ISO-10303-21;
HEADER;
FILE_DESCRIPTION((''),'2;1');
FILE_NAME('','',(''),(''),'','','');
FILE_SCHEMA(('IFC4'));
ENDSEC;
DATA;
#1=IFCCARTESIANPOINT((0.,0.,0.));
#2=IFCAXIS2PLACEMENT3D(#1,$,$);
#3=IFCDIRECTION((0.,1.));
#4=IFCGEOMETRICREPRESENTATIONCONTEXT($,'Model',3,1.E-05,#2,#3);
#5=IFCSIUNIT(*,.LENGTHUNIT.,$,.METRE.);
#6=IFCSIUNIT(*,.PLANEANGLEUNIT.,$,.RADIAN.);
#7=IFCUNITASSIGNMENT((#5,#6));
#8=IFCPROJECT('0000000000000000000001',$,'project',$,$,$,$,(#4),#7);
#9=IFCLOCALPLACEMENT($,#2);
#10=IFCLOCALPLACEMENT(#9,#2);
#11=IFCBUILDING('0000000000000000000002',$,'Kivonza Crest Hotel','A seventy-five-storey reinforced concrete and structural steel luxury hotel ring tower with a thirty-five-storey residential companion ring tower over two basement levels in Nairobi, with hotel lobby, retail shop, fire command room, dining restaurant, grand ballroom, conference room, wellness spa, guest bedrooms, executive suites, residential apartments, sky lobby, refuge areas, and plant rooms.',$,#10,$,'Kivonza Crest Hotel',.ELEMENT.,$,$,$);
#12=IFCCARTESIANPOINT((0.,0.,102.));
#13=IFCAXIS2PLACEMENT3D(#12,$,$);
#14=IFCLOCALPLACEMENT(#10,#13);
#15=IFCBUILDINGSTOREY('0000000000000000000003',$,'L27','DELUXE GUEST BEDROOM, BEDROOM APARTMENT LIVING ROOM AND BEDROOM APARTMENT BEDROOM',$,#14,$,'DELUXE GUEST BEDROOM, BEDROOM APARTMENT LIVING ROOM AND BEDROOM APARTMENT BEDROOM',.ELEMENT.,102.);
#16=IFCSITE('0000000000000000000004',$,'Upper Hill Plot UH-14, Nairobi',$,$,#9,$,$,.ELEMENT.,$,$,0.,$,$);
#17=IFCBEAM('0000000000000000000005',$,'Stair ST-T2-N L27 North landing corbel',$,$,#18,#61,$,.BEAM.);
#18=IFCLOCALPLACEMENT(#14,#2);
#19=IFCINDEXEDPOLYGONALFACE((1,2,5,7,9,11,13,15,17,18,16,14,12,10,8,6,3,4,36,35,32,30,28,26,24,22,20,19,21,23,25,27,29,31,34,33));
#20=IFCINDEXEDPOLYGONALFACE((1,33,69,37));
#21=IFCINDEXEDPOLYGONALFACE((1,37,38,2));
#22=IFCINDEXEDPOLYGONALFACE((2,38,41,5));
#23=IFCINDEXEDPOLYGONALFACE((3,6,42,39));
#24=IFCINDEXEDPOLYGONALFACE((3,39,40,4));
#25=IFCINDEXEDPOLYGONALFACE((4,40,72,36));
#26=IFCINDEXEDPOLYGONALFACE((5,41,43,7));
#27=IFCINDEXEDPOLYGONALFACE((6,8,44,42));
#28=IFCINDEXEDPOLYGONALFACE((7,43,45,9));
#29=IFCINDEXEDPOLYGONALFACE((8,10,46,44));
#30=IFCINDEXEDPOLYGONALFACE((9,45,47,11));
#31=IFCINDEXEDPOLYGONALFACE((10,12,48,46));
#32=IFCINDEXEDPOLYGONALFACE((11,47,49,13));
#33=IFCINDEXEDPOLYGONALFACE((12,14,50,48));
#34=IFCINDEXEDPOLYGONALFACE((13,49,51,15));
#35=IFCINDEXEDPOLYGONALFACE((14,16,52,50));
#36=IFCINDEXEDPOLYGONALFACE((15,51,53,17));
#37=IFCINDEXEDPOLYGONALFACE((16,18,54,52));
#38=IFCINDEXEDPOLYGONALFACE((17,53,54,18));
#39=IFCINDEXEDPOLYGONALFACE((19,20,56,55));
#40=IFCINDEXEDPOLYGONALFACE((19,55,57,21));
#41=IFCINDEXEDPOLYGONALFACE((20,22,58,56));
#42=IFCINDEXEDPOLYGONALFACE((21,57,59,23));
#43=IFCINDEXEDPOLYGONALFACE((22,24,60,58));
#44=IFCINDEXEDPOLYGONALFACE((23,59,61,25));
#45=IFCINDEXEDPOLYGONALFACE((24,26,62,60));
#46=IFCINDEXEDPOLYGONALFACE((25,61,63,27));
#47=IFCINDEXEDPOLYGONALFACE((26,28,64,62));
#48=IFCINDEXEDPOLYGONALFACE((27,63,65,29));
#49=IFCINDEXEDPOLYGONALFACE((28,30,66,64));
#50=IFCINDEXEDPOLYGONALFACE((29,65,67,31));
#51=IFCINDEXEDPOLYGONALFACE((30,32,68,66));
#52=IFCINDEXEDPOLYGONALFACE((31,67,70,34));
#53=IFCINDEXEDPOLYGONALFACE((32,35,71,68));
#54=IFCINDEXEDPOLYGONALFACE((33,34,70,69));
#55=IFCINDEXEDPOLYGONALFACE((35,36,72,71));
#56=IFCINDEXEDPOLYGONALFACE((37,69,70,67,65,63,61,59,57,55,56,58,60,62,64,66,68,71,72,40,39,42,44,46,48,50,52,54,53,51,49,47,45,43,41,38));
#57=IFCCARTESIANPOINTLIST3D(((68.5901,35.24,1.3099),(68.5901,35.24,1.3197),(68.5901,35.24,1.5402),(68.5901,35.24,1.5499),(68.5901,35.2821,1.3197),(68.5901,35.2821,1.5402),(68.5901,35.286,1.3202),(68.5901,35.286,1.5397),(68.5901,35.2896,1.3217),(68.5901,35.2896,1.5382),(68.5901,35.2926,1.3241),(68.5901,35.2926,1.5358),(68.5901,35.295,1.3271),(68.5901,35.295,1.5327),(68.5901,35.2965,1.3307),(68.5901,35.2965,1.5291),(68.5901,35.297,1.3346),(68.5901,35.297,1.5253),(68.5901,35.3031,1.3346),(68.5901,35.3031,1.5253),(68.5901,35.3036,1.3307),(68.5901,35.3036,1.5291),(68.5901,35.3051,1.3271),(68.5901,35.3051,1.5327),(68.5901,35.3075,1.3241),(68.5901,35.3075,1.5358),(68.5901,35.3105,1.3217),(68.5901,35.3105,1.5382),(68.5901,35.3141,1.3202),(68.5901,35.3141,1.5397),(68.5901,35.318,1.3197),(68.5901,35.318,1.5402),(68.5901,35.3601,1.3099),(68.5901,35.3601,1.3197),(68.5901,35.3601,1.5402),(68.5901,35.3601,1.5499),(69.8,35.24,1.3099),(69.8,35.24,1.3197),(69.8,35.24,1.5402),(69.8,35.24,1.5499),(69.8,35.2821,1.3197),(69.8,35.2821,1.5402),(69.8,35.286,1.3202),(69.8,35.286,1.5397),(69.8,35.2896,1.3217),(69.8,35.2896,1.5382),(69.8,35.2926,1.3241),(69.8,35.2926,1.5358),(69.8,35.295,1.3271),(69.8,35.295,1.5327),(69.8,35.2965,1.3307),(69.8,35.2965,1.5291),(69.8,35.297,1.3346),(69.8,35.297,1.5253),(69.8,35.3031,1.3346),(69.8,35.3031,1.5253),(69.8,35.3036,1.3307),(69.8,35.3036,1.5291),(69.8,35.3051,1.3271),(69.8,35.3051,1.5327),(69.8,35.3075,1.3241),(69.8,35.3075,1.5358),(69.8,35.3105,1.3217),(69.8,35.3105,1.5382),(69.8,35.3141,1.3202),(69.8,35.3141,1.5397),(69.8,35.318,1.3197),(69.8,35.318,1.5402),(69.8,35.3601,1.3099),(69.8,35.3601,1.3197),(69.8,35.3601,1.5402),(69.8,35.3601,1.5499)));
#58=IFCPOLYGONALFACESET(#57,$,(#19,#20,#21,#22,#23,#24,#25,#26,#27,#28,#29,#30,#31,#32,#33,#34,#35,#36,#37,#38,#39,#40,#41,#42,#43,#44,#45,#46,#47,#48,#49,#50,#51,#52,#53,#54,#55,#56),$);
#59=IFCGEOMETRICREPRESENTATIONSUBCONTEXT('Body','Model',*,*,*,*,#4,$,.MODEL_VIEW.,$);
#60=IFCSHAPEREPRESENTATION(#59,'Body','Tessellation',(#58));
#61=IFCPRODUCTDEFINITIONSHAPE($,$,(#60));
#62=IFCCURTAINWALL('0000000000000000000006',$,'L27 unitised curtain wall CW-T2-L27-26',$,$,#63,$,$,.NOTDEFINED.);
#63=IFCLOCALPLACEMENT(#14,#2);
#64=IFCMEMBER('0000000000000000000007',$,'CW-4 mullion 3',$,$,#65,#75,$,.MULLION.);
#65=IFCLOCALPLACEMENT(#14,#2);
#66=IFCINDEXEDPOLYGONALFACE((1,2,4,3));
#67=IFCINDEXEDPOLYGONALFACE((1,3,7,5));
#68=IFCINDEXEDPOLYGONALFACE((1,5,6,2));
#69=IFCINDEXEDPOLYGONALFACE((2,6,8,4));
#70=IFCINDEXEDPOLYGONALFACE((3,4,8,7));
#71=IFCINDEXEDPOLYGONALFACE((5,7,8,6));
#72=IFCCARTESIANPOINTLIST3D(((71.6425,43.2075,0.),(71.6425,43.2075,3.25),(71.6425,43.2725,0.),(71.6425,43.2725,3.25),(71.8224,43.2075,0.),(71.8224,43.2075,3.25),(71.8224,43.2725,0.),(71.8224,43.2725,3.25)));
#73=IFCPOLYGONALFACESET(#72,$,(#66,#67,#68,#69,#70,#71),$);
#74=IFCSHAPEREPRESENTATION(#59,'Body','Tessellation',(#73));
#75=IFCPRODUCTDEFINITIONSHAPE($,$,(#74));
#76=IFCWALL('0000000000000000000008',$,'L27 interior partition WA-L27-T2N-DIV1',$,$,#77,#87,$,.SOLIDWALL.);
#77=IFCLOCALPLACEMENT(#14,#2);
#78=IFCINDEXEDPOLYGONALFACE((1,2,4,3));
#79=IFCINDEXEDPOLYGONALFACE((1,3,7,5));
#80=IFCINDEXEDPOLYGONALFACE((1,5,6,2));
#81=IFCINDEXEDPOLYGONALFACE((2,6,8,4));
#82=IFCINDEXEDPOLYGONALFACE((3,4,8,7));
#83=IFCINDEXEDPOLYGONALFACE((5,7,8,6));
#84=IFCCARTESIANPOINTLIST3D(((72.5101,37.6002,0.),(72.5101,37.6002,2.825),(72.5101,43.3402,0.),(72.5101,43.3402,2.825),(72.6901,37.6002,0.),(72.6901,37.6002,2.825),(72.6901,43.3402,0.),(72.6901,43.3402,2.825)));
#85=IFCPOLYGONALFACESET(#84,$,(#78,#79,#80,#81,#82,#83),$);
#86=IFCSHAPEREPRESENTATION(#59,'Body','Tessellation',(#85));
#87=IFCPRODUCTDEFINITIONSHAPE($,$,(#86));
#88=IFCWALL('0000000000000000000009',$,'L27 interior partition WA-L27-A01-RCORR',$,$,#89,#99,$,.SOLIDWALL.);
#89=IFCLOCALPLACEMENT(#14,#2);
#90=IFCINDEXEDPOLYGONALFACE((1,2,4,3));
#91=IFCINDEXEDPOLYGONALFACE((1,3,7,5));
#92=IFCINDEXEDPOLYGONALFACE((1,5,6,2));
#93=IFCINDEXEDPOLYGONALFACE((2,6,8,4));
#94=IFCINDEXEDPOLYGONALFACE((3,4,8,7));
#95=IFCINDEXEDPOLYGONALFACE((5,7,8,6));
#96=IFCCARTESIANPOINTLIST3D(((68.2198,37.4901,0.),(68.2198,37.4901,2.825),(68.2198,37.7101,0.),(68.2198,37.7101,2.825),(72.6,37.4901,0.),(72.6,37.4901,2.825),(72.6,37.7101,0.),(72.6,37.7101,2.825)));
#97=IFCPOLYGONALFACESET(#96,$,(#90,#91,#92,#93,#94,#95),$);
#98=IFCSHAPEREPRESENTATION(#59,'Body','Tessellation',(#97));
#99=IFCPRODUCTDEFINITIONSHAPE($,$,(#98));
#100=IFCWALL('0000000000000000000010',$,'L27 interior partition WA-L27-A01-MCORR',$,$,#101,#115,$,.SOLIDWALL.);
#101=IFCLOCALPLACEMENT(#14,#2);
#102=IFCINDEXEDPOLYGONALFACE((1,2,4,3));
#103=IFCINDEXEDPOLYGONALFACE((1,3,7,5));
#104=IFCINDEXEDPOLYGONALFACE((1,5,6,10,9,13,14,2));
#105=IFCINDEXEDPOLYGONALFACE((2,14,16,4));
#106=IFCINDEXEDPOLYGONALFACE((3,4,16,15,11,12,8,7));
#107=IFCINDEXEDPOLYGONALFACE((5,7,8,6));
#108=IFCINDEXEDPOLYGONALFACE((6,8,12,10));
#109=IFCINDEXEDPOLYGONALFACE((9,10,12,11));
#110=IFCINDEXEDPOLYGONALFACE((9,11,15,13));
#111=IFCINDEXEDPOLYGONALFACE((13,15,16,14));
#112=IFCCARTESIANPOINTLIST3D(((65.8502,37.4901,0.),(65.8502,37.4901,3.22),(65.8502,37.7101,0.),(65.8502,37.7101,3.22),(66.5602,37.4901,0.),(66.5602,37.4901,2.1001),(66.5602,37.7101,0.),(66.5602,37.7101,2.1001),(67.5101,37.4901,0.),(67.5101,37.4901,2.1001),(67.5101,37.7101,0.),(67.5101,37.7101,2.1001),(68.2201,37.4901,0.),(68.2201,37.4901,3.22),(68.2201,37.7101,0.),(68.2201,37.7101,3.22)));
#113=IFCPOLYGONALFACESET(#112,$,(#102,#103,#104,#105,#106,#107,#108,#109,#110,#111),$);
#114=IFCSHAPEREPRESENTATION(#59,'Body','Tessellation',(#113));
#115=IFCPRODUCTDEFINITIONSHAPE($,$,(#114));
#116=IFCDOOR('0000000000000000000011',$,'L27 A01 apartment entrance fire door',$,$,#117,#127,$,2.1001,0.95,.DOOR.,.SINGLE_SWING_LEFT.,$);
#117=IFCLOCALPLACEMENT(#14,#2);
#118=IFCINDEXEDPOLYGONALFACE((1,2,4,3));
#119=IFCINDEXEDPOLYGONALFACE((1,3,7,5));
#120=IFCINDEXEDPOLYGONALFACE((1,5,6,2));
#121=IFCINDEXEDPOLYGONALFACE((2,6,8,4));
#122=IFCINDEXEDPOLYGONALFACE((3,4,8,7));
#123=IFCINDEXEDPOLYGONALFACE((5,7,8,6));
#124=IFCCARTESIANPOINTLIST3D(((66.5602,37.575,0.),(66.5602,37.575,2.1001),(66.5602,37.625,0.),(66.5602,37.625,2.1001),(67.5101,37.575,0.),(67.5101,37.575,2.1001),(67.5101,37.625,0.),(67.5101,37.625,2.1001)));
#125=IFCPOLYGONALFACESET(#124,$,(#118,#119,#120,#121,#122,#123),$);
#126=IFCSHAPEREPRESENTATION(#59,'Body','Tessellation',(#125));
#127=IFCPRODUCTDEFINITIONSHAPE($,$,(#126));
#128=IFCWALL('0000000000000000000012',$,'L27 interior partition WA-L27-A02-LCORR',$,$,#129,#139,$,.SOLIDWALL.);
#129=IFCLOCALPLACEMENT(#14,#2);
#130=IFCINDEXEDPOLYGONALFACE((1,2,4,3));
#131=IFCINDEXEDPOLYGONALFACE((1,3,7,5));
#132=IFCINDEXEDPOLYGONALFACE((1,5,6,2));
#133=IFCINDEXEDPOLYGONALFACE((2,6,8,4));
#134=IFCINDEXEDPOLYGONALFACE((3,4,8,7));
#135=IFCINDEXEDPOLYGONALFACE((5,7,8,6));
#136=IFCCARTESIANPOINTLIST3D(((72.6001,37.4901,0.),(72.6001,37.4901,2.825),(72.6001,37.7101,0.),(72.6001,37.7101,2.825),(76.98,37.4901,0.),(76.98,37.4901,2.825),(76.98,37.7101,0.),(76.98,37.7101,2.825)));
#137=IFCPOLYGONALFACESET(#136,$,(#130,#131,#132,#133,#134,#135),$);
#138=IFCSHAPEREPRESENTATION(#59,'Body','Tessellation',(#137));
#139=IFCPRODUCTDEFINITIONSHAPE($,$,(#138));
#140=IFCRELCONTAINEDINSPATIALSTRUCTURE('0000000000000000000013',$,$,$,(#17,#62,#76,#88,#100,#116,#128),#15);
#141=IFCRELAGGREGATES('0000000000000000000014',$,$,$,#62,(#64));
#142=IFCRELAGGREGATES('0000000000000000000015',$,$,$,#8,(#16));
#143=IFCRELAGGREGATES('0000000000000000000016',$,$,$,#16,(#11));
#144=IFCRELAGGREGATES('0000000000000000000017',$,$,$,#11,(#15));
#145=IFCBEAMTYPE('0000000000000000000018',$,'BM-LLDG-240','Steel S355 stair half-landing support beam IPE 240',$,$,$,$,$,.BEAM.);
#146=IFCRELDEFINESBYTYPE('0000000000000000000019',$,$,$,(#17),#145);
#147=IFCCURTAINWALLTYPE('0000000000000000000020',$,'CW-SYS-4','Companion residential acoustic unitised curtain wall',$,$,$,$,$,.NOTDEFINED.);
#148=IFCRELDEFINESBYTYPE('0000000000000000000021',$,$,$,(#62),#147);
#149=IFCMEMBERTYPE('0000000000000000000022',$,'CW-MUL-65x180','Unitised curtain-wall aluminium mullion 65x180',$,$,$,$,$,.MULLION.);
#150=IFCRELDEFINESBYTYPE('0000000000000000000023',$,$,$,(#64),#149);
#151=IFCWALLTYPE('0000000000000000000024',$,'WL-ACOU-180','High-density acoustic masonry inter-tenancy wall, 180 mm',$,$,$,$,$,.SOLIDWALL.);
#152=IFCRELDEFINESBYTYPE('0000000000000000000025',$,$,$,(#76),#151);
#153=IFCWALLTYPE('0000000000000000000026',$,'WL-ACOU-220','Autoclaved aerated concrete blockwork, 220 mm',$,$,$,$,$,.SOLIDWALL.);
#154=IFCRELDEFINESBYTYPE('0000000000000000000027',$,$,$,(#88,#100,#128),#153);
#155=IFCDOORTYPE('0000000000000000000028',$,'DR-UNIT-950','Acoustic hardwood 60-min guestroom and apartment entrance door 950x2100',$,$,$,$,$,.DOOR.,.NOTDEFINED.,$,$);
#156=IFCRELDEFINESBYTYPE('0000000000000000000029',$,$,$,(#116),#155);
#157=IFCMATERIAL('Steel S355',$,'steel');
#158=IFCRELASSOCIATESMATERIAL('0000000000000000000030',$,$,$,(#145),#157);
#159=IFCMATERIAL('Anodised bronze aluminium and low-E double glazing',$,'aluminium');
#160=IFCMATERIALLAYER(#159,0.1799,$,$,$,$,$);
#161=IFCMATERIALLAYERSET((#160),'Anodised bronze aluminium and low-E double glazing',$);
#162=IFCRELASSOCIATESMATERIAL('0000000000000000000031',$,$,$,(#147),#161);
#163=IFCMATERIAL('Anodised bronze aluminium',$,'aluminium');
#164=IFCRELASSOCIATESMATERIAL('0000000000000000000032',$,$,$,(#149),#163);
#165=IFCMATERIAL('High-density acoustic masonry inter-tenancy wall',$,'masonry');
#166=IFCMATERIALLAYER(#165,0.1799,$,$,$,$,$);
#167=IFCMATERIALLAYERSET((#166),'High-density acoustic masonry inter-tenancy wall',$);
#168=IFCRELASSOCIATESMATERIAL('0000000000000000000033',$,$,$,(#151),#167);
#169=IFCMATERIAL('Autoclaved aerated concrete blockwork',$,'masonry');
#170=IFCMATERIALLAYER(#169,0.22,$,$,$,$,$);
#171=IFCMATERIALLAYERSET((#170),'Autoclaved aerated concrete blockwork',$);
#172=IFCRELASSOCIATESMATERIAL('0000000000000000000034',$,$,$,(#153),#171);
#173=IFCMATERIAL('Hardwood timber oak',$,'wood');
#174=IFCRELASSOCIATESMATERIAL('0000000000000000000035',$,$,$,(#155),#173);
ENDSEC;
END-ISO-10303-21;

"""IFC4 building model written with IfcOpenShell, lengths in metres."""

from ifc_helpers import new_model, si_unit, direction, frame, frame_2d, origin, origin_2d, place, context, subcontext, project, spatial, rectangle, i_section, extrude, material, layer, layer_set, material_profile, profile_set, type_object, element, fill, aggregate, save


model = new_model("IFC4")

# Units and contexts
model_context = context("Model", 3, precision=1e-05, world=origin(), true_north=direction((0.0, 1.0)))
body_context = subcontext(model_context, "Body", "Model", "MODEL_VIEW")
ifc_project = project(units=[si_unit("LENGTHUNIT", "METRE"), si_unit("PLANEANGLEUNIT", "RADIAN")], contexts=[model_context])

# Site, building, storey
site_placement = place(None, origin())
site = spatial("IfcSite", under=ifc_project, at=site_placement, Name="Upper Hill Plot UH-14, Nairobi", CompositionType="ELEMENT", RefElevation=0.0)
building_placement = place(site_placement, origin())
building = spatial("IfcBuilding", under=site, at=building_placement, Name="Kivonza Crest Hotel", Description="A seventy-five-storey reinforced concrete and structural steel luxury hotel ring tower with a thirty-five-storey residential companion ring tower over two basement levels in Nairobi, with hotel lobby, retail shop, fire command room, dining restaurant, grand ballroom, conference room, wellness spa, guest bedrooms, executive suites, residential apartments, sky lobby, refuge areas, and plant rooms.", LongName="Kivonza Crest Hotel", CompositionType="ELEMENT")
storey_placement = place(building_placement, frame((0.0, 0.0, 102.0)))
storey = spatial("IfcBuildingStorey", under=building, at=storey_placement, Name="L27", Description="DELUXE GUEST BEDROOM, BEDROOM APARTMENT LIVING ROOM AND BEDROOM APARTMENT BEDROOM", LongName="DELUXE GUEST BEDROOM, BEDROOM APARTMENT LIVING ROOM AND BEDROOM APARTMENT BEDROOM", CompositionType="ELEMENT", Elevation=102.0)

# Beam
ifc_material_1 = material(Name="Steel S355", Category="steel")
ifc_material_profile_1 = material_profile(ifc_material_1, i_section(OverallWidth=0.1201, OverallDepth=0.24, WebThickness=0.0061, FlangeThickness=0.0098, FilletRadius=0.0149, at=origin_2d()), Name="IPE 240")
ifc_profile_set_1 = profile_set([ifc_material_profile_1], Name="Steel S355")
beam_type_1 = type_object("IfcBeamType", Name="BM-LLDG-240", Description="Steel S355 stair half-landing support beam IPE 240", PredefinedType="BEAM", material=ifc_profile_set_1)
beam_1_placement = place(storey_placement, frame((68.5901, 35.3, 1.4299), z_axis=(1.0, 0.0, 0.0), x_axis=(0.0, 1.0, 0.0)))
element("IfcBeam", 1, at=beam_1_placement, inside=storey, type_object=beam_type_1, Name="Stair ST-T2-N L27 North landing corbel", PredefinedType="BEAM", context=body_context, shape_type="SweptSolid", body=[
    extrude(i_section(OverallWidth=0.1201, OverallDepth=0.24, WebThickness=0.0061, FlangeThickness=0.0098, FilletRadius=0.0149, at=origin_2d()), origin(), (0.0, 0.0, 1.0), 1.21),
])

# Curtain wall, member
ifc_material_2 = material(Name="Anodised bronze aluminium and low-E double glazing", Category="aluminium")
ifc_layer_1 = layer(ifc_material_2, 0.1799)
ifc_layer_set_1 = layer_set([ifc_layer_1], Name="Anodised bronze aluminium and low-E double glazing")
curtain_wall_type = type_object("IfcCurtainWallType", Name="CW-SYS-4", Description="Companion residential acoustic unitised curtain wall", PredefinedType="NOTDEFINED", material=ifc_layer_set_1)
curtain_wall_placement = place(storey_placement, origin())
curtain_wall = element("IfcCurtainWall", 2, at=curtain_wall_placement, inside=storey, type_object=curtain_wall_type, Name="L27 unitised curtain wall CW-T2-L27-26", PredefinedType="NOTDEFINED")
ifc_material_3 = material(Name="Anodised bronze aluminium", Category="aluminium")
ifc_material_profile_2 = material_profile(ifc_material_3, rectangle(XDim=0.0649, YDim=0.1799, at=origin_2d()), Name="CW-M 65x180")
ifc_profile_set_2 = profile_set([ifc_material_profile_2], Name="Anodised bronze aluminium")
member_type = type_object("IfcMemberType", Name="CW-MUL-65x180", Description="Unitised curtain-wall aluminium mullion 65x180", PredefinedType="MULLION", material=ifc_profile_set_2)
member_placement = place(storey_placement, frame((71.7324, 43.24, 0.0), z_axis=(0.0, 0.0, 1.0), x_axis=(0.0, -1.0, 0.0)))
member = element("IfcMember", 3, at=member_placement, type_object=member_type, Name="CW-4 mullion 3", PredefinedType="MULLION", context=body_context, shape_type="SweptSolid", body=[
    extrude(rectangle(XDim=0.0649, YDim=0.1799, at=origin_2d()), origin(), (0.0, 0.0, 1.0), 3.25),
])
aggregate(curtain_wall, [member])

# Walls
ifc_material_4 = material(Name="High-density acoustic masonry inter-tenancy wall", Category="masonry")
ifc_layer_2 = layer(ifc_material_4, 0.1799)
ifc_layer_set_2 = layer_set([ifc_layer_2], Name="High-density acoustic masonry inter-tenancy wall")
wall_type_1 = type_object("IfcWallType", Name="WL-ACOU-180", Description="High-density acoustic masonry inter-tenancy wall, 180 mm", PredefinedType="SOLIDWALL", material=ifc_layer_set_2)
wall_1_placement = place(storey_placement, frame((72.6001, 37.6001, 0.0), z_axis=(0.0, 0.0, 1.0), x_axis=(0.0, 1.0, 0.0)))
element("IfcWall", 4, at=wall_1_placement, inside=storey, type_object=wall_type_1, Name="L27 interior partition WA-L27-T2N-DIV1", PredefinedType="SOLIDWALL", context=body_context, shape_type="SweptSolid", body=[
    extrude(rectangle(XDim=5.74, YDim=0.1799, at=frame_2d((2.8701, 0.0))), origin(), (0.0, 0.0, 1.0), 2.825),
])
ifc_material_5 = material(Name="Autoclaved aerated concrete blockwork", Category="masonry")
ifc_layer_3 = layer(ifc_material_5, 0.22)
ifc_layer_set_3 = layer_set([ifc_layer_3], Name="Autoclaved aerated concrete blockwork")
wall_type_2 = type_object("IfcWallType", Name="WL-ACOU-220", Description="Autoclaved aerated concrete blockwork, 220 mm", PredefinedType="SOLIDWALL", material=ifc_layer_set_3)
wall_2_placement = place(storey_placement, frame((68.22, 37.6001, 0.0), z_axis=(0.0, 0.0, 1.0), x_axis=(1.0, 0.0, 0.0)))
element("IfcWall", 5, at=wall_2_placement, inside=storey, type_object=wall_type_2, Name="L27 interior partition WA-L27-A01-RCORR", PredefinedType="SOLIDWALL", context=body_context, shape_type="SweptSolid", body=[
    extrude(rectangle(XDim=4.3801, YDim=0.22, at=frame_2d((2.1899, 0.0))), origin(), (0.0, 0.0, 1.0), 2.825),
])

# Wall, opening, door
wall_3_placement = place(storey_placement, frame((65.8501, 37.6001, 0.0), z_axis=(0.0, 0.0, 1.0), x_axis=(1.0, 0.0, 0.0)))
wall_3 = element("IfcWall", 6, at=wall_3_placement, inside=storey, type_object=wall_type_2, Name="L27 interior partition WA-L27-A01-MCORR", PredefinedType="SOLIDWALL", context=body_context, shape_type="SweptSolid", body=[
    extrude(rectangle(XDim=2.3699, YDim=0.22, at=frame_2d((1.1851, 0.0))), origin(), (0.0, 0.0, 1.0), 3.22),
])
opening_1_placement = place(wall_3_placement, frame((0.71, 0.0, 0.0)))
opening_1 = element("IfcOpeningElement", 7, at=opening_1_placement, cuts=wall_3, PredefinedType="OPENING", context=body_context, shape_type="SweptSolid", body=[
    extrude(rectangle(XDim=0.95, YDim=2.1001, at=frame_2d((0.4751, 1.05))), frame((0.0, 0.1201, 0.0), z_axis=(0.0, -1.0, 0.0), x_axis=(1.0, 0.0, 0.0)), (0.0, 0.0, 1.0), 0.24),
])
ifc_material_6 = material(Name="Hardwood timber oak", Category="wood")
door_type_1 = type_object("IfcDoorType", Name="DR-UNIT-950", Description="Acoustic hardwood 60-min guestroom and apartment entrance door 950x2100", OperationType="NOTDEFINED", PredefinedType="DOOR", material=ifc_material_6)
door_1_placement = place(opening_1_placement, origin())
door_1 = element("IfcDoor", 8, at=door_1_placement, inside=storey, type_object=door_type_1, Name="L27 A01 apartment entrance fire door", OperationType="SINGLE_SWING_LEFT", OverallHeight=2.1001, OverallWidth=0.95, PredefinedType="DOOR", context=body_context, shape_type="SweptSolid", body=[
    extrude(rectangle(XDim=0.95, YDim=2.1001, at=frame_2d((0.4751, 1.05))), frame((0.0, 0.0249, 0.0), z_axis=(0.0, -1.0, 0.0), x_axis=(1.0, 0.0, 0.0)), (0.0, 0.0, 1.0), 0.05),
])
fill(opening_1, door_1)

# Wall
wall_4_placement = place(storey_placement, frame((72.6001, 37.6001, 0.0), z_axis=(0.0, 0.0, 1.0), x_axis=(1.0, 0.0, 0.0)))
element("IfcWall", 9, at=wall_4_placement, inside=storey, type_object=wall_type_2, Name="L27 interior partition WA-L27-A02-LCORR", PredefinedType="SOLIDWALL", context=body_context, shape_type="SweptSolid", body=[
    extrude(rectangle(XDim=4.3799, YDim=0.22, at=frame_2d((2.1899, 0.0))), origin(), (0.0, 0.0, 1.0), 2.825),
])

save(model, "model.ifc")
